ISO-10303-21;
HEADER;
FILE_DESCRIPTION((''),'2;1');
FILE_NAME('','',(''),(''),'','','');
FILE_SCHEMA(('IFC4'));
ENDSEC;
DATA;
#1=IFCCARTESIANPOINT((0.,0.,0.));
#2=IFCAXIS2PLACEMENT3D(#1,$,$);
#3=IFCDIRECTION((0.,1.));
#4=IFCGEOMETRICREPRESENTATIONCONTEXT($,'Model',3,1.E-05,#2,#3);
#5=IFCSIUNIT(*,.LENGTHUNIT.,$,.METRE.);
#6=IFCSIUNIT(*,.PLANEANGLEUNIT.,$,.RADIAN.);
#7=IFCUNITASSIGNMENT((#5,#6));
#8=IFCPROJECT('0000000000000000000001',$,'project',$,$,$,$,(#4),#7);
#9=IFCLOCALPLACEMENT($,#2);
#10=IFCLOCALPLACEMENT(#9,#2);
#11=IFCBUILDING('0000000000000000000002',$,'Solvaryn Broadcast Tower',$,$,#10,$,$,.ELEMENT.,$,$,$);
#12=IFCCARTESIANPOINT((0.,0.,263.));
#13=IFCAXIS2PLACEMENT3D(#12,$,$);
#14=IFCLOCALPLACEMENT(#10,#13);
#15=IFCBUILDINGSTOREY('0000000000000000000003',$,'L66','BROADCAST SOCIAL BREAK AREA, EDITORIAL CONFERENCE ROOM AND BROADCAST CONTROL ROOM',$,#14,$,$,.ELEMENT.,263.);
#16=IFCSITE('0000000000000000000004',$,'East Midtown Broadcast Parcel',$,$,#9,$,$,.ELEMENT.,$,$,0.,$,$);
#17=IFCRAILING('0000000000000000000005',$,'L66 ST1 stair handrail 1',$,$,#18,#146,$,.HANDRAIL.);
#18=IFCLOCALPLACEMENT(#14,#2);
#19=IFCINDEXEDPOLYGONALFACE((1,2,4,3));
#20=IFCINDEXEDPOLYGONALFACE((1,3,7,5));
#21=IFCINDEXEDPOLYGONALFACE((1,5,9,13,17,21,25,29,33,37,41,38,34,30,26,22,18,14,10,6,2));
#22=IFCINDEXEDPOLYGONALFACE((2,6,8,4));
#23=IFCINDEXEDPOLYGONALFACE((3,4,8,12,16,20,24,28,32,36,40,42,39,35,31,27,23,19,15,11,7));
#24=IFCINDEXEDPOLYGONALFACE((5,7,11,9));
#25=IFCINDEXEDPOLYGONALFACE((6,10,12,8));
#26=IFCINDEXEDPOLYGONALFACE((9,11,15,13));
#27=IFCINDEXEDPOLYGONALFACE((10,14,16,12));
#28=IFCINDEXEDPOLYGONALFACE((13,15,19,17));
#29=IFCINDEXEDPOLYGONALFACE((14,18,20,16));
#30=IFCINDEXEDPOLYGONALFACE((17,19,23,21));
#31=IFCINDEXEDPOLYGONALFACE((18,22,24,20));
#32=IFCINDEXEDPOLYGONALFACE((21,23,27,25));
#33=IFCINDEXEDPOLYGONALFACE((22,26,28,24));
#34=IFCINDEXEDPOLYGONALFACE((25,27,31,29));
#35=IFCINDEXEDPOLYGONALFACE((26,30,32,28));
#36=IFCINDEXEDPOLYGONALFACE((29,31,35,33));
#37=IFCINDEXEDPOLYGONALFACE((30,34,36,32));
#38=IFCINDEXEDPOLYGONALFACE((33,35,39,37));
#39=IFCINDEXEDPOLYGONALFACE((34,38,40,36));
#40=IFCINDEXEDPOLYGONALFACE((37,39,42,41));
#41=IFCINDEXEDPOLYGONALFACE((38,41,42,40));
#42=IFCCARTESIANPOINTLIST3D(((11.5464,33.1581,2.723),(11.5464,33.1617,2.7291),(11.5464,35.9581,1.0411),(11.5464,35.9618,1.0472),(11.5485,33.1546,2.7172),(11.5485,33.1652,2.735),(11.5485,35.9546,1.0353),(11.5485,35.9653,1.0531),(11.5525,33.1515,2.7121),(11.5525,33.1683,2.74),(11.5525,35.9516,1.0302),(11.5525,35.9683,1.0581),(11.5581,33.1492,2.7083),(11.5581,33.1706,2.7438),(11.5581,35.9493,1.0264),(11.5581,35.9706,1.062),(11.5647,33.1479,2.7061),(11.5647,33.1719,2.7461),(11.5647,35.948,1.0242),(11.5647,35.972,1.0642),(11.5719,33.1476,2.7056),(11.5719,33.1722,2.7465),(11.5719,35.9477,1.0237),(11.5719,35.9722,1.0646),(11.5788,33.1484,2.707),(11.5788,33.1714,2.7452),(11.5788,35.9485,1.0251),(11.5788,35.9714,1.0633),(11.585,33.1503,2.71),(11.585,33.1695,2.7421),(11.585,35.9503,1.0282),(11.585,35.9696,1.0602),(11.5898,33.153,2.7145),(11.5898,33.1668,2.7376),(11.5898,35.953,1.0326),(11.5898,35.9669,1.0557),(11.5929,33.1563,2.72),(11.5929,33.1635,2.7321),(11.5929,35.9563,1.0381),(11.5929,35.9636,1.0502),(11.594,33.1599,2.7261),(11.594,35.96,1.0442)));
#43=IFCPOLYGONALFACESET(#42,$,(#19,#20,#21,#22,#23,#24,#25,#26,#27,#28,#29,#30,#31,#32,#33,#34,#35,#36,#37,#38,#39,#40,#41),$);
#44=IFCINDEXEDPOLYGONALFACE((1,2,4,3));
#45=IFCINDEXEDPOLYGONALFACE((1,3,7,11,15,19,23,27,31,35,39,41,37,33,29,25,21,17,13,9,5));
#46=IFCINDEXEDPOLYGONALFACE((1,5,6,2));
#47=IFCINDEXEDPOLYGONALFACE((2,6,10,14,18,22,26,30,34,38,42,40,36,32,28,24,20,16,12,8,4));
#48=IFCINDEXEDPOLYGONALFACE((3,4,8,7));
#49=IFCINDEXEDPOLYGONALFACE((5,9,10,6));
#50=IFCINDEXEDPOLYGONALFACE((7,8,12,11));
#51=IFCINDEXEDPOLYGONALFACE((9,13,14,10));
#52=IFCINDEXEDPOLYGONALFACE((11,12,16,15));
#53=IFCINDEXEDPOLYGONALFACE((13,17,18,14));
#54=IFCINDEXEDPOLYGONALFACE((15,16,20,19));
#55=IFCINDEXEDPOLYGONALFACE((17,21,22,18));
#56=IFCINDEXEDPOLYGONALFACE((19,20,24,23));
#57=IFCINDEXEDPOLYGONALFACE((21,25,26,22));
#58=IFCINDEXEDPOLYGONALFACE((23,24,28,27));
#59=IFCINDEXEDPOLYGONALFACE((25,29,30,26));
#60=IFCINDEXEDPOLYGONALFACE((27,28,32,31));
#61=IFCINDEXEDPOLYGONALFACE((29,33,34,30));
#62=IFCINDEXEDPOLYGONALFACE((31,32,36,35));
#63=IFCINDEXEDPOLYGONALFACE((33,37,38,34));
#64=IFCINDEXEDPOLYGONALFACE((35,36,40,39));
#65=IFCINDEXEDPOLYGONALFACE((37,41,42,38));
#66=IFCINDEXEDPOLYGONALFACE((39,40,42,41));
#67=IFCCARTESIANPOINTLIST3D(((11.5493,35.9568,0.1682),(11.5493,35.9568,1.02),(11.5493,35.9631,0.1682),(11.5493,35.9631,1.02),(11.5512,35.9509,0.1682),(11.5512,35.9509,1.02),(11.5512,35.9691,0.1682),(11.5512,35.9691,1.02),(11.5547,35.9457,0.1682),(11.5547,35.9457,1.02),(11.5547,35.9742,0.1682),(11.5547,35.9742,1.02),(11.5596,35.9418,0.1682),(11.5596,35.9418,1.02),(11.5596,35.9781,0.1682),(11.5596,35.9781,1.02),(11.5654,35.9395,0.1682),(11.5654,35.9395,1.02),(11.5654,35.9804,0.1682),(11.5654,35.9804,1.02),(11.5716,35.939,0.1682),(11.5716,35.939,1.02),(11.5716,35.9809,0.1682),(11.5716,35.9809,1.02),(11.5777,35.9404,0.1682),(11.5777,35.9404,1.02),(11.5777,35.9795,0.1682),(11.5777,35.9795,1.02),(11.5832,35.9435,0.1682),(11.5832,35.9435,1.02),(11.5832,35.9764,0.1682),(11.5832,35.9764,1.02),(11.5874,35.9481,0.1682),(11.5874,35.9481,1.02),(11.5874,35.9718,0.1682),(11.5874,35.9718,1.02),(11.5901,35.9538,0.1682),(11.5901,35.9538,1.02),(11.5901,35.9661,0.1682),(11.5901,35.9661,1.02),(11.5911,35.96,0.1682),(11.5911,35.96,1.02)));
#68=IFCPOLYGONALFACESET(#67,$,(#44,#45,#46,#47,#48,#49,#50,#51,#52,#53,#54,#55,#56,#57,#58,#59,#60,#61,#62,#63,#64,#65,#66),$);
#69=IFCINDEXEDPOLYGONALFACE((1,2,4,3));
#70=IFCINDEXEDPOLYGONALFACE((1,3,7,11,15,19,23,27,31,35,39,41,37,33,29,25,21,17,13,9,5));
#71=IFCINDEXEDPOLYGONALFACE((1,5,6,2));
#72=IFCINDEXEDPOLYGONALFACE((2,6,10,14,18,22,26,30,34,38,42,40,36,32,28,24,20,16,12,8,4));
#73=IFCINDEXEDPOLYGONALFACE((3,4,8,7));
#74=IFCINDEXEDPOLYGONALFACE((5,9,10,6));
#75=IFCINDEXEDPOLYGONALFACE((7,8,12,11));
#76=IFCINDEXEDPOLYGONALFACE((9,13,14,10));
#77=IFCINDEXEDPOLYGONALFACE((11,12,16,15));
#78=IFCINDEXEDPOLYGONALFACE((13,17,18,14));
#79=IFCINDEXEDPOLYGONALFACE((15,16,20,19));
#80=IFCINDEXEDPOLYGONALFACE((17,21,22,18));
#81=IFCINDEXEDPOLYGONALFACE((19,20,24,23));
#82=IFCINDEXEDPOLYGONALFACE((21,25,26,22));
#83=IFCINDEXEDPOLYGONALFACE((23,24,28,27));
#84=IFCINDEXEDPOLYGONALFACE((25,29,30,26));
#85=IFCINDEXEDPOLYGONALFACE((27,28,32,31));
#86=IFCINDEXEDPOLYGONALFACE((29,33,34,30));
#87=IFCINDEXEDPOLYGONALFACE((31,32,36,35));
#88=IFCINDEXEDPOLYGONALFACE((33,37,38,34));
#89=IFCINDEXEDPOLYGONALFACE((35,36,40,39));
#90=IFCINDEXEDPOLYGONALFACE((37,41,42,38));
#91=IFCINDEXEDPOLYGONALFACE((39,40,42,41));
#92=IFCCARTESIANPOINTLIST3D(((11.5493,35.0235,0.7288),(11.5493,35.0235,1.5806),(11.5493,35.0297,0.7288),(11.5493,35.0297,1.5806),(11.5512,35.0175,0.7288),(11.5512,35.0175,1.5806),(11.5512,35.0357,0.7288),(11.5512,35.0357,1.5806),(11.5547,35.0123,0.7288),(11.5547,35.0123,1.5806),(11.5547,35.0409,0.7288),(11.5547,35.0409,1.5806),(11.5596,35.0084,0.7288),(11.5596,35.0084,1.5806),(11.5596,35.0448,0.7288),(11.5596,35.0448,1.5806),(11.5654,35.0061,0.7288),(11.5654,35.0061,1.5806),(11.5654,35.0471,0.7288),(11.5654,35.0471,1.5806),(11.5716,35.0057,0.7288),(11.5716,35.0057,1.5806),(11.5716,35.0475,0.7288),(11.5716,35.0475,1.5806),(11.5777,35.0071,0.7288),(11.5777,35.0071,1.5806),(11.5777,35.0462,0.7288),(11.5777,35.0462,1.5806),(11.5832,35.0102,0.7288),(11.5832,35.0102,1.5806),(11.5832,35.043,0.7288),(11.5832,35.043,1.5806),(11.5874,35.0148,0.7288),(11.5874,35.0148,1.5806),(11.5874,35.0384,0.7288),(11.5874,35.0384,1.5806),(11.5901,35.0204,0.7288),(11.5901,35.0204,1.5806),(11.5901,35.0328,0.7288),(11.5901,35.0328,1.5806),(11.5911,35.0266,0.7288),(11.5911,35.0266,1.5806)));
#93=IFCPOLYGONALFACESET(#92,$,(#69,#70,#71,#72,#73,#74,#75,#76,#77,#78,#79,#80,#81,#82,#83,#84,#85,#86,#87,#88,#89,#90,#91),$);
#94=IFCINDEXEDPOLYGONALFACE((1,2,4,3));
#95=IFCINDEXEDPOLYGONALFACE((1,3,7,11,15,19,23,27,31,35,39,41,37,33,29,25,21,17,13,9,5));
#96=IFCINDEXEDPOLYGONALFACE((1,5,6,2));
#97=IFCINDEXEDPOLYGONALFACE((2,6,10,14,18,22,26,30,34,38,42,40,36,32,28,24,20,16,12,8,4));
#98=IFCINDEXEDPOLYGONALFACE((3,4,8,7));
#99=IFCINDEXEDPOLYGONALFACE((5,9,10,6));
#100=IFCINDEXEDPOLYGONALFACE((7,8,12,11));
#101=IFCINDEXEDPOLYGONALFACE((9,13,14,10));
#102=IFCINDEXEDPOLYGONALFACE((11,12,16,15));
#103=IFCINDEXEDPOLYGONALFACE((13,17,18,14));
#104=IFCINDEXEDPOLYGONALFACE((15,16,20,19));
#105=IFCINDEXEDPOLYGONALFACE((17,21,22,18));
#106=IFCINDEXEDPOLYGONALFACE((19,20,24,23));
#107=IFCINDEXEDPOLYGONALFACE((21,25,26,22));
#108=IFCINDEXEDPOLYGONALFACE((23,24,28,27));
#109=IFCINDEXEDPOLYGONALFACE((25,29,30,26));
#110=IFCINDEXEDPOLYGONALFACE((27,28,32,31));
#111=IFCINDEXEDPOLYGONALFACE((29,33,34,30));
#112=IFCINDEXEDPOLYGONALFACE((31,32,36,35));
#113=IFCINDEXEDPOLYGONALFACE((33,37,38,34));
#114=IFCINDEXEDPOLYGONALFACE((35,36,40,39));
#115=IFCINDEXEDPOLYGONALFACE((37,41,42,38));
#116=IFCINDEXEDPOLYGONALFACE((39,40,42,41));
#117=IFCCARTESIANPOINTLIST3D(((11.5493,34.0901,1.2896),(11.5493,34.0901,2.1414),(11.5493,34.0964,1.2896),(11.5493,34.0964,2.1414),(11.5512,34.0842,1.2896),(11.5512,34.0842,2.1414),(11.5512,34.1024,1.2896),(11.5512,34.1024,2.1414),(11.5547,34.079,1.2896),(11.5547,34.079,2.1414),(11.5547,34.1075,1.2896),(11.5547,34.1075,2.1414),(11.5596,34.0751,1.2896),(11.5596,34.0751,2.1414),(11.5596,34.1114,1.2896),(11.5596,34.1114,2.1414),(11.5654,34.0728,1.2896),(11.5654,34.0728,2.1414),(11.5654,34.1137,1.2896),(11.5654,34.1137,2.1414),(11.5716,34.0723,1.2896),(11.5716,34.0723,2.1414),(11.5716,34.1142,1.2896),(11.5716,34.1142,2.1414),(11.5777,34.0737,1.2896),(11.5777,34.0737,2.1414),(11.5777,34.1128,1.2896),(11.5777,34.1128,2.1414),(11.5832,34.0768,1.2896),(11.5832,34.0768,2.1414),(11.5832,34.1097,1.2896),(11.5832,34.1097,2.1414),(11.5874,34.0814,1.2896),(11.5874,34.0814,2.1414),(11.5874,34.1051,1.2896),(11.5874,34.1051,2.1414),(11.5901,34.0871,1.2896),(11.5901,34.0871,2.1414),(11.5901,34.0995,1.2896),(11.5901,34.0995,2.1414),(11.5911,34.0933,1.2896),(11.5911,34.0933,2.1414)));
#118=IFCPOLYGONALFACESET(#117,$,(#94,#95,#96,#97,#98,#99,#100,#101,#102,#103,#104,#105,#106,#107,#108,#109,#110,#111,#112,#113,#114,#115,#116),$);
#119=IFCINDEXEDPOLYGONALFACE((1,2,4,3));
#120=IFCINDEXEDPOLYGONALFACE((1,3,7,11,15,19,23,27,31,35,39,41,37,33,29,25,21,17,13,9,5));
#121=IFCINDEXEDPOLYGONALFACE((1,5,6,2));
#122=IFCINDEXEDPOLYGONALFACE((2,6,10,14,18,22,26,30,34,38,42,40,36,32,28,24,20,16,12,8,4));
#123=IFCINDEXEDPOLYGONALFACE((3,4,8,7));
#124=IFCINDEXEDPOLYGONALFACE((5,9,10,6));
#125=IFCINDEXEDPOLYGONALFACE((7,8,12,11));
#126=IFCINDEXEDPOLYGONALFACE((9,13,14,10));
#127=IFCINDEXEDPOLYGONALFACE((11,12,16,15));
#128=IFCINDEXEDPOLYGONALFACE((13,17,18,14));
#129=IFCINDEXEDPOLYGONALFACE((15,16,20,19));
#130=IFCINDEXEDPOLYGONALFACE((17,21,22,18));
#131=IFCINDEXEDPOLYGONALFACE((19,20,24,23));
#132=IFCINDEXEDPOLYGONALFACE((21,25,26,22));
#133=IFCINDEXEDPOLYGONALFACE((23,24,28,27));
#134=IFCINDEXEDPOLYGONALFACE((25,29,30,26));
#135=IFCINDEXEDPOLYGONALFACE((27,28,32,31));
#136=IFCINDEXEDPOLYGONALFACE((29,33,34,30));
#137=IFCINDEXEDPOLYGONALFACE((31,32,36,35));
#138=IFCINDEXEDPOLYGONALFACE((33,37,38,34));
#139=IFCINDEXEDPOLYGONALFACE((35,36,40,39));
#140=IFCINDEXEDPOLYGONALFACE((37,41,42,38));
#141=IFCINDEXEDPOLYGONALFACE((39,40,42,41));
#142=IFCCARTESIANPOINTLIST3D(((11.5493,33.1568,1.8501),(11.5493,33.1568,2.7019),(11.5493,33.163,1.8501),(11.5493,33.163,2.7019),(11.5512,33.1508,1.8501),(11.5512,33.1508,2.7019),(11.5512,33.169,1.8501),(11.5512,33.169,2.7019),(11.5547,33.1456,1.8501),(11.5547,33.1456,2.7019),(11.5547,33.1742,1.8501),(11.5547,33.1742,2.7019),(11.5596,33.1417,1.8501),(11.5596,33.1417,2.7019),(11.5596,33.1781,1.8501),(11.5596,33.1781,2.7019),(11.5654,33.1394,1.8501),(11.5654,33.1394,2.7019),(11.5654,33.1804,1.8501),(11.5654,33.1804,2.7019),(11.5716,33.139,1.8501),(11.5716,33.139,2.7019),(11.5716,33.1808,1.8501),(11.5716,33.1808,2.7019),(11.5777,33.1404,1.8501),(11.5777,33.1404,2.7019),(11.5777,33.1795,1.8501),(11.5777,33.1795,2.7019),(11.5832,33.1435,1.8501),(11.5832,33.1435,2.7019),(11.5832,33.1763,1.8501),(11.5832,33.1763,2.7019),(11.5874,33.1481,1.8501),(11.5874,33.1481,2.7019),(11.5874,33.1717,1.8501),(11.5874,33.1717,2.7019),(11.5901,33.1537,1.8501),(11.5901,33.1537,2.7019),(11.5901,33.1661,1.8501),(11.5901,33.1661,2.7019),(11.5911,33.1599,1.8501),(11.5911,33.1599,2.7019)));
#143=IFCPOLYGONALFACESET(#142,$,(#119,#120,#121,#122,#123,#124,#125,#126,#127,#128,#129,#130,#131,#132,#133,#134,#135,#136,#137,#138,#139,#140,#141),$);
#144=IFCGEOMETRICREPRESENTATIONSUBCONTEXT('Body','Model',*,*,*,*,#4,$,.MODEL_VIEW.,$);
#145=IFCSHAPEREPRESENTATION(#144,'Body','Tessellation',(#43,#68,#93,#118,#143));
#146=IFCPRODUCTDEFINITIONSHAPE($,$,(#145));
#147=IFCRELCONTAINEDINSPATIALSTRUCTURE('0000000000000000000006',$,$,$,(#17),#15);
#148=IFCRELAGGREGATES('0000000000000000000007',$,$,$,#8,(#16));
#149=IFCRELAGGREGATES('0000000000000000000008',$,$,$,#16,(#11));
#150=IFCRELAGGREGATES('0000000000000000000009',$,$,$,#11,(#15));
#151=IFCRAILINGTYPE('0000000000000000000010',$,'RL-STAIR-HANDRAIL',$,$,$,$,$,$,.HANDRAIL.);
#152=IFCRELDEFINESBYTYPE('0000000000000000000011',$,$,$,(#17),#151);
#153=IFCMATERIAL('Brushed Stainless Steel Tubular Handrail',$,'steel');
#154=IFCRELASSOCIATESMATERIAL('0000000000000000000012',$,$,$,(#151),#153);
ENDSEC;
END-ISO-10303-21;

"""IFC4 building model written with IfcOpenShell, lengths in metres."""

from ifc_helpers import new_model, si_unit, direction, frame, origin, origin_2d, place, context, subcontext, project, spatial, circle, extrude, material, type_object, element, save


model = new_model("IFC4")

# Units and contexts
model_context = context("Model", 3, precision=1e-05, world=origin(), true_north=direction((0.0, 1.0)))
body_context = subcontext(model_context, "Body", "Model", "MODEL_VIEW")
ifc_project = project(units=[si_unit("LENGTHUNIT", "METRE"), si_unit("PLANEANGLEUNIT", "RADIAN")], contexts=[model_context])

# Site, building, storey
site_placement = place(None, origin())
site = spatial("IfcSite", under=ifc_project, at=site_placement, Name="East Midtown Broadcast Parcel", CompositionType="ELEMENT", RefElevation=0.0)
building_placement = place(site_placement, origin())
building = spatial("IfcBuilding", under=site, at=building_placement, Name="Solvaryn Broadcast Tower", CompositionType="ELEMENT")
storey_placement = place(building_placement, frame((0.0, 0.0, 263.0)))
storey = spatial("IfcBuildingStorey", under=building, at=storey_placement, Name="L66", Description="BROADCAST SOCIAL BREAK AREA, EDITORIAL CONFERENCE ROOM AND BROADCAST CONTROL ROOM", CompositionType="ELEMENT", Elevation=263.0)

# Railing
ifc_material_1 = material(Name="Brushed Stainless Steel Tubular Handrail", Category="steel")
railing_type_1 = type_object("IfcRailingType", Name="RL-STAIR-HANDRAIL", PredefinedType="HANDRAIL", material=ifc_material_1)
railing_1_placement = place(storey_placement, frame((11.5701, 35.96, 0.1682)))
element("IfcRailing", 1, at=railing_1_placement, inside=storey, type_object=railing_type_1, Name="L66 ST1 stair handrail 1", PredefinedType="HANDRAIL", context=body_context, shape_type="SweptSolid", body=[
    extrude(circle(Radius=0.0239, at=origin_2d()), frame((0.0, 0.0, 0.876), z_axis=(0.0, -0.857242, 0.514913), x_axis=(1.0, 0.0, 0.0)), (0.0, 0.0, 1.0), 3.2664),
    extrude(circle(Radius=0.021, at=origin_2d()), origin(), (0.0, 0.0, 1.0), 0.8518),
    extrude(circle(Radius=0.021, at=origin_2d()), frame((0.0, -0.9333, 0.5605)), (0.0, 0.0, 1.0), 0.8518),
    extrude(circle(Radius=0.021, at=origin_2d()), frame((0.0, -1.8667, 1.1213)), (0.0, 0.0, 1.0), 0.8518),
    extrude(circle(Radius=0.021, at=origin_2d()), frame((0.0, -2.8, 1.6819)), (0.0, 0.0, 1.0), 0.8518),
])

save(model, "model.ifc")
